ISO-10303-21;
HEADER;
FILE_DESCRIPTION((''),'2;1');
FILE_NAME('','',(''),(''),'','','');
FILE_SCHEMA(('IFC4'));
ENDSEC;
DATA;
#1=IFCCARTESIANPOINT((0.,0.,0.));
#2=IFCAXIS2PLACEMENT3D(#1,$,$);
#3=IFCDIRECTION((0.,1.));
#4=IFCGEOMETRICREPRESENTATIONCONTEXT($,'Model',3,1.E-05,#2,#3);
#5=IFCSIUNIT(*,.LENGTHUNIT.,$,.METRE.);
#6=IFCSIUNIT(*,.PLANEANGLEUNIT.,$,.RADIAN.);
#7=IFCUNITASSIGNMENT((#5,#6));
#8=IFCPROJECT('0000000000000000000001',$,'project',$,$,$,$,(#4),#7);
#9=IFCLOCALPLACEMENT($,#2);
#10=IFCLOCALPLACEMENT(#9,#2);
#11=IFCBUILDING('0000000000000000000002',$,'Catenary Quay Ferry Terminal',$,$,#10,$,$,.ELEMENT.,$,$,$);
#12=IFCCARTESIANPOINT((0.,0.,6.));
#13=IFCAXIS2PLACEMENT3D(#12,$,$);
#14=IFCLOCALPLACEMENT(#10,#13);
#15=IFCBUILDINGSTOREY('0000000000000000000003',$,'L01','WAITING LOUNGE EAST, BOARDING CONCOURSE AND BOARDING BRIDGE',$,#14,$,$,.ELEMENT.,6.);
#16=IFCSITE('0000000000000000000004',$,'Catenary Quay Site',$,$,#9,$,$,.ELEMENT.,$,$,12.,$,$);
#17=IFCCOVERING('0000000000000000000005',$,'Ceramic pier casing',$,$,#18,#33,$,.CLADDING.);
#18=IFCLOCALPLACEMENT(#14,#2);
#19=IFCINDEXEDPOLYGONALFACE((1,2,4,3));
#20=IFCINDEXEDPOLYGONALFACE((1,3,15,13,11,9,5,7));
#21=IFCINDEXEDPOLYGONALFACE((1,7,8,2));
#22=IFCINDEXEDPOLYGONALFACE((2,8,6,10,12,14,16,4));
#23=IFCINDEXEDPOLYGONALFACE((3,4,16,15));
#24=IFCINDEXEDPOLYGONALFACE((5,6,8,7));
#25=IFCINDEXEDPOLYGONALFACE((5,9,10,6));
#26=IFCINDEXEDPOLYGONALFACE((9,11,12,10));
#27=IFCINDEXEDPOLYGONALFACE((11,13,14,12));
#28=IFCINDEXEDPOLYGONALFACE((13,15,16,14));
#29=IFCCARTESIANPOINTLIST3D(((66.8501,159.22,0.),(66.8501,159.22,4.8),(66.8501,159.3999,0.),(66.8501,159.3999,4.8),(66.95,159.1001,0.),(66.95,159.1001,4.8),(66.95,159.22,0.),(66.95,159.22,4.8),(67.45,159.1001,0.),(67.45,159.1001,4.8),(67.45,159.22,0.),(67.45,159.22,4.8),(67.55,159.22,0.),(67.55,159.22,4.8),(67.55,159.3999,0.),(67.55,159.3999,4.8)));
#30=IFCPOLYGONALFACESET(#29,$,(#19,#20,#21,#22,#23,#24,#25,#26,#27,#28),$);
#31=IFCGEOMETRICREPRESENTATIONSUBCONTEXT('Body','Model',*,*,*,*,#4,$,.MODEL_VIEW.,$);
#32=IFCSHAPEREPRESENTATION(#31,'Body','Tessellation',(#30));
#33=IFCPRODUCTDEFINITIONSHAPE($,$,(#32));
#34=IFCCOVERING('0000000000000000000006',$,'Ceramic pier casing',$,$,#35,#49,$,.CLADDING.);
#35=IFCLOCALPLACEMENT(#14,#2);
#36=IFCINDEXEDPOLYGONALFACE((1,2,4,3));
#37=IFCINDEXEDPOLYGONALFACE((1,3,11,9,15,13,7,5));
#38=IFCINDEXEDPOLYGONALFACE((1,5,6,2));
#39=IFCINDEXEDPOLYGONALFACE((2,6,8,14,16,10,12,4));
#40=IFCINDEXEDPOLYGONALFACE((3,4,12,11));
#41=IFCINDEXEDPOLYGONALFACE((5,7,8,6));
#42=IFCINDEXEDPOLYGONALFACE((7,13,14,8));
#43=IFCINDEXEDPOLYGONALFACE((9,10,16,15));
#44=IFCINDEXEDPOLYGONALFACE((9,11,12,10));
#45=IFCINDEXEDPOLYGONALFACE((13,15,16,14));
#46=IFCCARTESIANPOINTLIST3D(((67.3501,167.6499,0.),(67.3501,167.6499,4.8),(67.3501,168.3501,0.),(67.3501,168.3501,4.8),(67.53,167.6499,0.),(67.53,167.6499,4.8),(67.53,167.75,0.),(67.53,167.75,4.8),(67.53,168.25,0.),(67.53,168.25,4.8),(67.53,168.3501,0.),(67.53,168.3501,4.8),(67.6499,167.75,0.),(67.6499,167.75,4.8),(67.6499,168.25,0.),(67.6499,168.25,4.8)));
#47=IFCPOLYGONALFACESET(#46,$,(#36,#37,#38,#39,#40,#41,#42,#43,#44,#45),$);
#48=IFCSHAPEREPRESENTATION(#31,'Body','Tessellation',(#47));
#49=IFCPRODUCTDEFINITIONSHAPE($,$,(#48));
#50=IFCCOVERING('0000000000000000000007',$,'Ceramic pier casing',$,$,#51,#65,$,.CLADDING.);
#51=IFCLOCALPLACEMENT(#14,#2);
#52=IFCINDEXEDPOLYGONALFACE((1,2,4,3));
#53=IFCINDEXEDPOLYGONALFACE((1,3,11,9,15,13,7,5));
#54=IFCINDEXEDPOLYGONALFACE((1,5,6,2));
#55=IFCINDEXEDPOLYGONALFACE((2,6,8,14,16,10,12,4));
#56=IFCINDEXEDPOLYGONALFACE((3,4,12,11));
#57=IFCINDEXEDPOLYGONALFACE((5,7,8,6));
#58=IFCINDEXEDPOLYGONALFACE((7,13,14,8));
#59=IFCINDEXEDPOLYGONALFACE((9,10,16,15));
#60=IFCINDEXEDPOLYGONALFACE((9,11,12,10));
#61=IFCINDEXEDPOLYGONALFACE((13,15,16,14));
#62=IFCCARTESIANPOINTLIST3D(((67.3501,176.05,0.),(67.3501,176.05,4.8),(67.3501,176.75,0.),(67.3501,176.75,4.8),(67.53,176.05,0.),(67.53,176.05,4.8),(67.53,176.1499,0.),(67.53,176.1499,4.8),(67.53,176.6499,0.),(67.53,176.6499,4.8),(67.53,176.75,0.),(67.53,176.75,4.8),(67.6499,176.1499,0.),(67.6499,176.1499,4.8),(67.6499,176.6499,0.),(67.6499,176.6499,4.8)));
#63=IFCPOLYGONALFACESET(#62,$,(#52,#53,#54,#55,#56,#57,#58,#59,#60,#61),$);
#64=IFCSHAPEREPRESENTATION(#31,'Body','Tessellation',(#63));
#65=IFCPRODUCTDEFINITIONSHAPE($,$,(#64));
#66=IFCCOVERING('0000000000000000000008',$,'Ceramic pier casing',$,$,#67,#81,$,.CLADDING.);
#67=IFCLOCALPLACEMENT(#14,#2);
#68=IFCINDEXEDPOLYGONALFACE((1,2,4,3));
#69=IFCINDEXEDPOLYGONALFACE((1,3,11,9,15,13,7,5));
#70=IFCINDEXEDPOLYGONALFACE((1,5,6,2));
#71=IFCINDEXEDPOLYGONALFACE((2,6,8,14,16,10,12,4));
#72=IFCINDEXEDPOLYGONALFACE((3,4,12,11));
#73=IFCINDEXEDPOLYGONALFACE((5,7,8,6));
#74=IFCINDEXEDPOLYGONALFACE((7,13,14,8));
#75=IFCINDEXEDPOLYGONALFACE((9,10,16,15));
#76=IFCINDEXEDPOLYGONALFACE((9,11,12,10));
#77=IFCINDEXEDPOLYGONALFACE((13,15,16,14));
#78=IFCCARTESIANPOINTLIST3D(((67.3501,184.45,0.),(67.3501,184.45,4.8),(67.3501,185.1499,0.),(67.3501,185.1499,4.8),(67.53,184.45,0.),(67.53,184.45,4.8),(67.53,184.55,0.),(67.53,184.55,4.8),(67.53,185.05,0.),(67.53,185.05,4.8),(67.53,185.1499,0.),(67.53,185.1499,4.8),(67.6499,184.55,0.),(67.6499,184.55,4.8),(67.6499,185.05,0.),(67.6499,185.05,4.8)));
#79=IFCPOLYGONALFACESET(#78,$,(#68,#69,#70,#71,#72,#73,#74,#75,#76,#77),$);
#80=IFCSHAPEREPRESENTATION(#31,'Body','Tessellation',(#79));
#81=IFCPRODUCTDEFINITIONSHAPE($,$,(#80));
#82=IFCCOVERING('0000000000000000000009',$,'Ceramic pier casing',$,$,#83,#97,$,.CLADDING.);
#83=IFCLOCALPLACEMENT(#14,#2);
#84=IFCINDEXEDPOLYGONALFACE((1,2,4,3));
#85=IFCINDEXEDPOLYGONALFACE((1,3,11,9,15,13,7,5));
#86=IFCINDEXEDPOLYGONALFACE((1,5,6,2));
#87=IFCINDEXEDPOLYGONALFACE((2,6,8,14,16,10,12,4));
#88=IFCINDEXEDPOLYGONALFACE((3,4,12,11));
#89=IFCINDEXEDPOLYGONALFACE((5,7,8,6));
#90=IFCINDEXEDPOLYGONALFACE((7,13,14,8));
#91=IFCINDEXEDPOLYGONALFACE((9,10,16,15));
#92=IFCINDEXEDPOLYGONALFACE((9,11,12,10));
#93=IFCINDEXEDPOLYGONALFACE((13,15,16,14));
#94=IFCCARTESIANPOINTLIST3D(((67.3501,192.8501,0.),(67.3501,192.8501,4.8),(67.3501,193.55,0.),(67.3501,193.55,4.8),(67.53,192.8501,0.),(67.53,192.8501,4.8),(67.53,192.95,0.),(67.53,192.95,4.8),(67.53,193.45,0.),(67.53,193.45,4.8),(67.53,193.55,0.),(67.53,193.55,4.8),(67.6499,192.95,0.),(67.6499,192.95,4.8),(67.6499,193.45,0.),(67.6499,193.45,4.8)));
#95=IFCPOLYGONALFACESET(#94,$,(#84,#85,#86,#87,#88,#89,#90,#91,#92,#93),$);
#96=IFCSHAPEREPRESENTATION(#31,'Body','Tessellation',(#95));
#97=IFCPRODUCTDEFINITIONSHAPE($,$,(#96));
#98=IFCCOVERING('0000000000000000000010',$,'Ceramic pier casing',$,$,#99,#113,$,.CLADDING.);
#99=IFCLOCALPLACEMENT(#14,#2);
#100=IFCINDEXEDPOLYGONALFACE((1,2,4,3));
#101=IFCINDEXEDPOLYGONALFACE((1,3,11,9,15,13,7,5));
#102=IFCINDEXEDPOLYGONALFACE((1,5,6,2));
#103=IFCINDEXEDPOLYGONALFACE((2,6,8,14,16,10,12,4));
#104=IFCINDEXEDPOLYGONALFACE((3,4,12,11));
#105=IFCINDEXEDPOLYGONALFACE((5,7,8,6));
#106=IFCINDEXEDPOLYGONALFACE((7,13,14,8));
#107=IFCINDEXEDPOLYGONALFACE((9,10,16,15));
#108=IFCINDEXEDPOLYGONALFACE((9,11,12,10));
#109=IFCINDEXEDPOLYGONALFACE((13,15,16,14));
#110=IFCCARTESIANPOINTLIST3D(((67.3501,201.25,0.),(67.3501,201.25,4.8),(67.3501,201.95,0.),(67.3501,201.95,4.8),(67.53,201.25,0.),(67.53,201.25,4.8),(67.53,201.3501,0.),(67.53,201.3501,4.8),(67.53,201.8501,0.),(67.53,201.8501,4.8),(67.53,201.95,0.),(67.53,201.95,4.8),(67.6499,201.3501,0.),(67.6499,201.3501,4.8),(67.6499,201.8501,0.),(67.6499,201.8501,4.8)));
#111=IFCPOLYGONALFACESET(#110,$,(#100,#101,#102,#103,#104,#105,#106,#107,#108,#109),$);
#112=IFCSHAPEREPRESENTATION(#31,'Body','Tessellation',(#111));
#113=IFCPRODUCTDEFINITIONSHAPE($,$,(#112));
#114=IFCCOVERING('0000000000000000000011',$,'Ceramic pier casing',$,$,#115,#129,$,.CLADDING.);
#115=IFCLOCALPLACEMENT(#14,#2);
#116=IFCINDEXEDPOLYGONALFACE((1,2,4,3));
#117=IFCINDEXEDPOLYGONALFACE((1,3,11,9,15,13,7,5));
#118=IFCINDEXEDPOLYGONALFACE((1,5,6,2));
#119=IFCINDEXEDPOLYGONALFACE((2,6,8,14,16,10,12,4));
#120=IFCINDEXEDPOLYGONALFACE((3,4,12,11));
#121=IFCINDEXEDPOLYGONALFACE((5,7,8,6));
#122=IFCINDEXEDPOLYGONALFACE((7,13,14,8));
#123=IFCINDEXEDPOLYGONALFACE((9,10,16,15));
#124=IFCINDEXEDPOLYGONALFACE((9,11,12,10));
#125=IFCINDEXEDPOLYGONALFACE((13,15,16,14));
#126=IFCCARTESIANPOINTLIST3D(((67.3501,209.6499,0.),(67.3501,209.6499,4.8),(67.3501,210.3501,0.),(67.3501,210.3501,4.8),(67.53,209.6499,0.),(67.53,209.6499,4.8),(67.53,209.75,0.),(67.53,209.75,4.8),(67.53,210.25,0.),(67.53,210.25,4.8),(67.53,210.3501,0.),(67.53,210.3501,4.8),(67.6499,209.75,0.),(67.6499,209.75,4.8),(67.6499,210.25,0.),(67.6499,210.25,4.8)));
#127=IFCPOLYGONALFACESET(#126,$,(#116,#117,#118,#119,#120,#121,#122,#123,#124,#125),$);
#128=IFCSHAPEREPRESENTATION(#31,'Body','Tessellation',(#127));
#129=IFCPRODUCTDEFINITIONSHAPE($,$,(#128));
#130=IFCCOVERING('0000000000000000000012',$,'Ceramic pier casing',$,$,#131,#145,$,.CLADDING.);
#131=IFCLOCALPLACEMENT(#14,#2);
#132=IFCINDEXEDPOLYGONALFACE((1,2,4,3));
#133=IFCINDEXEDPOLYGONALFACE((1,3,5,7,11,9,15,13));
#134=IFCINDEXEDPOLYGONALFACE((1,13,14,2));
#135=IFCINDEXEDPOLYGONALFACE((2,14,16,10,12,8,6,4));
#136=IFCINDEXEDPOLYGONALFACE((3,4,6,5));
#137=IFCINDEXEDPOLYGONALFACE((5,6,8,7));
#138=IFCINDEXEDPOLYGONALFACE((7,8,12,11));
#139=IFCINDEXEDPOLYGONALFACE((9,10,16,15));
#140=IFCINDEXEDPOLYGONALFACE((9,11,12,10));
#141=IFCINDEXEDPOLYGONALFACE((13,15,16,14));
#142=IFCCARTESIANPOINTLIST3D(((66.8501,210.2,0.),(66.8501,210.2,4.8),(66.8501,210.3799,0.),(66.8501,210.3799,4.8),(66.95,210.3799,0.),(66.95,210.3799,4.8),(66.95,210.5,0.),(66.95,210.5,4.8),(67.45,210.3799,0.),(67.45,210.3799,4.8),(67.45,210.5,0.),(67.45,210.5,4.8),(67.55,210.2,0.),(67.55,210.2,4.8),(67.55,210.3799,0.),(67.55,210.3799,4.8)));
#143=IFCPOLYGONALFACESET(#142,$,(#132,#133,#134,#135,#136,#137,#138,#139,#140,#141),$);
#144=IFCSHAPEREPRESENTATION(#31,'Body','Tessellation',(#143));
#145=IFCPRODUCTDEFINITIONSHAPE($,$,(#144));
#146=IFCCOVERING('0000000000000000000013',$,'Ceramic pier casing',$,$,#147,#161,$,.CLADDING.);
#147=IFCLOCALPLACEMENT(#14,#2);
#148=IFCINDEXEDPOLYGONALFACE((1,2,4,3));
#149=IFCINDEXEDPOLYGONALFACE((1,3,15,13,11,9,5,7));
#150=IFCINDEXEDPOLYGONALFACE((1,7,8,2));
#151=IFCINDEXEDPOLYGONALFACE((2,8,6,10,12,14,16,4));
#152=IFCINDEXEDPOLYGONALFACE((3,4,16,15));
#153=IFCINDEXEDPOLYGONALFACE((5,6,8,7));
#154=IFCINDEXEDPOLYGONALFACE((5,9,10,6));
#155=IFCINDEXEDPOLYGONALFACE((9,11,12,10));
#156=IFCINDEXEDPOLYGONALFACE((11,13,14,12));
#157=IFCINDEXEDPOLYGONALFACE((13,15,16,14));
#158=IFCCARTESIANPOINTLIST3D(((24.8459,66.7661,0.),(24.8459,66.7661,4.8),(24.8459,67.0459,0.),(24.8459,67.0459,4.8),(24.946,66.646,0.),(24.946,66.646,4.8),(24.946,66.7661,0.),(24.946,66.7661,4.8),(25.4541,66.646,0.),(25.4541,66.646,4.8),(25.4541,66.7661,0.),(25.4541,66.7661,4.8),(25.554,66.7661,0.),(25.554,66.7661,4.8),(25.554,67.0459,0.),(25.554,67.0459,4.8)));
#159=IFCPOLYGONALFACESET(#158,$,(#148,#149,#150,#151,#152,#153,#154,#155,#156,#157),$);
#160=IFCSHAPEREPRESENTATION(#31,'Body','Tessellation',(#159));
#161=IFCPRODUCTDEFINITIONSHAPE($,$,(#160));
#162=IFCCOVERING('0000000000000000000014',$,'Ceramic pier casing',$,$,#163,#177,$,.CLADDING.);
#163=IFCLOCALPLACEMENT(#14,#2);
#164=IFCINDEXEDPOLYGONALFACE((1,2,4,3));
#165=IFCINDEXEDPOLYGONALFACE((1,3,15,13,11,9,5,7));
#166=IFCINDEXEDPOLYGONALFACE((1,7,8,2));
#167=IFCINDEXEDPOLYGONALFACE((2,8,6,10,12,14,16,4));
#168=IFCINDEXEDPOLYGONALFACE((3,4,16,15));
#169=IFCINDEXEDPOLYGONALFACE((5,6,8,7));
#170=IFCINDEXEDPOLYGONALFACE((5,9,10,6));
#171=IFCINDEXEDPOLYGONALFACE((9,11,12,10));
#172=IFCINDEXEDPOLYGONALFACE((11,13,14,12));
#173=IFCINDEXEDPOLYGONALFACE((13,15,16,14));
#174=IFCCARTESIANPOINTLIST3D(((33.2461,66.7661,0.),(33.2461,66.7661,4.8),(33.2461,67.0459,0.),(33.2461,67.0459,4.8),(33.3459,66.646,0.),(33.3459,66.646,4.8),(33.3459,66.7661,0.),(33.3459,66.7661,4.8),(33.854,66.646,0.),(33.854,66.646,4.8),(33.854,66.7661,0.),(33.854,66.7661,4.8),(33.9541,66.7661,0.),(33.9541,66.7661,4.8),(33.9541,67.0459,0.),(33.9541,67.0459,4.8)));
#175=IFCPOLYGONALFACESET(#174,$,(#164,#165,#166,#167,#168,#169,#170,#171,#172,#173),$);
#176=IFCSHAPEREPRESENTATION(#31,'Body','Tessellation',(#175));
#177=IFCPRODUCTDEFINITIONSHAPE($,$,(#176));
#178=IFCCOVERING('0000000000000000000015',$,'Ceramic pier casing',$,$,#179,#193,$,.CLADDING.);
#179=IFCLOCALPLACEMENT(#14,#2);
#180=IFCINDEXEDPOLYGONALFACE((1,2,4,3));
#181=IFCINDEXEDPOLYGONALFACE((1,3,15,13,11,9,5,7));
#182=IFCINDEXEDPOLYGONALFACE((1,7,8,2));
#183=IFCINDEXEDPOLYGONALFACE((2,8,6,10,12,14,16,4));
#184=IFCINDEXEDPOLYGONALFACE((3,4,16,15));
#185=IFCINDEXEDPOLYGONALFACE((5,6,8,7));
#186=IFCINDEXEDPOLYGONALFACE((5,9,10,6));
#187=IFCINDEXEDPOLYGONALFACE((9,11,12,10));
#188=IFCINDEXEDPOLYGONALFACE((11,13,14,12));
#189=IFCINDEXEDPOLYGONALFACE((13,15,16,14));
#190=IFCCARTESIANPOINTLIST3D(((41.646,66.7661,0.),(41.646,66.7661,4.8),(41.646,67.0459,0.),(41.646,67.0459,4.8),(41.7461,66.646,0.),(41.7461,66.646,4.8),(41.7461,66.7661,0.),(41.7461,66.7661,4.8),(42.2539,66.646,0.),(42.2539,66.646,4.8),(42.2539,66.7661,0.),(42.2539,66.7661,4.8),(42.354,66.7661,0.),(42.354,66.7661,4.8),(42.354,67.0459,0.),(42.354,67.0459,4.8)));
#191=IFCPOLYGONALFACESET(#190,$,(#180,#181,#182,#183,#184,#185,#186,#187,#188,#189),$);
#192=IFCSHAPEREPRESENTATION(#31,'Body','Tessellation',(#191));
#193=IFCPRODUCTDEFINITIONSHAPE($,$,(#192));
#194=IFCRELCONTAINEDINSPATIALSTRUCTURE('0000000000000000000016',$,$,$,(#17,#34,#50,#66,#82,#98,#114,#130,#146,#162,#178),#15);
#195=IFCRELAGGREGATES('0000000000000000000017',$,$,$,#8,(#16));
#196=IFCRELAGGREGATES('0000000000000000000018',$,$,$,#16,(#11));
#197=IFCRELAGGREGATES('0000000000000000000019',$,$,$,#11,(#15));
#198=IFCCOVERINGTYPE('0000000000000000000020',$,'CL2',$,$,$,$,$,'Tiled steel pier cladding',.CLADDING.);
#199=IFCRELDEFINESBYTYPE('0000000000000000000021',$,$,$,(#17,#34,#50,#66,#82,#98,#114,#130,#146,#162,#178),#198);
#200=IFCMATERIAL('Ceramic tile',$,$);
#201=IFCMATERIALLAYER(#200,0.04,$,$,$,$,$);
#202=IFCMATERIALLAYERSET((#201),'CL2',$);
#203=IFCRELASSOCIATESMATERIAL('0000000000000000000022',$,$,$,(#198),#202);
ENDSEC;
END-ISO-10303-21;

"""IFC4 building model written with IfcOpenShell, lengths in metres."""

from ifc_helpers import new_model, si_unit, direction, frame, origin, place, context, subcontext, project, spatial, polyline, outline, extrude, material, layer, layer_set, type_object, element, save


model = new_model("IFC4")

# Units and contexts
model_context = context("Model", 3, precision=1e-05, world=origin(), true_north=direction((0.0, 1.0)))
body_context = subcontext(model_context, "Body", "Model", "MODEL_VIEW")
ifc_project = project(units=[si_unit("LENGTHUNIT", "METRE"), si_unit("PLANEANGLEUNIT", "RADIAN")], contexts=[model_context])

# Site, building, storey
site_placement = place(None, origin())
site = spatial("IfcSite", under=ifc_project, at=site_placement, Name="Catenary Quay Site", CompositionType="ELEMENT", RefElevation=12.0)
building_placement = place(site_placement, origin())
building = spatial("IfcBuilding", under=site, at=building_placement, Name="Catenary Quay Ferry Terminal", CompositionType="ELEMENT")
storey_placement = place(building_placement, frame((0.0, 0.0, 6.0)))
storey = spatial("IfcBuildingStorey", under=building, at=storey_placement, Name="L01", Description="WAITING LOUNGE EAST, BOARDING CONCOURSE AND BOARDING BRIDGE", CompositionType="ELEMENT", Elevation=6.0)

# Coverings
ifc_material = material(Name="Ceramic tile")
ifc_layer = layer(ifc_material, 0.04)
ifc_layer_set = layer_set([ifc_layer], Name="CL2")
covering_type = type_object("IfcCoveringType", Name="CL2", ElementType="Tiled steel pier cladding", PredefinedType="CLADDING", material=ifc_layer_set)
covering_1_placement = place(storey_placement, origin())
element("IfcCovering", 1, at=covering_1_placement, inside=storey, type_object=covering_type, Name="Ceramic pier casing", PredefinedType="CLADDING", context=body_context, shape_type="SweptSolid", body=[
    extrude(outline(polyline([(66.8501, 159.3999), (66.8501, 159.22), (66.95, 159.22), (66.95, 159.1001), (67.45, 159.1001), (67.45, 159.22), (67.55, 159.22), (67.55, 159.3999), (66.8501, 159.3999)])), origin(), (0.0, 0.0, 1.0), 4.8),
])
covering_2_placement = place(storey_placement, origin())
element("IfcCovering", 2, at=covering_2_placement, inside=storey, type_object=covering_type, Name="Ceramic pier casing", PredefinedType="CLADDING", context=body_context, shape_type="SweptSolid", body=[
    extrude(outline(polyline([(67.3501, 167.6499), (67.53, 167.6499), (67.53, 167.75), (67.6499, 167.75), (67.6499, 168.25), (67.53, 168.25), (67.53, 168.3501), (67.3501, 168.3501), (67.3501, 167.6499)])), origin(), (0.0, 0.0, 1.0), 4.8),
])
covering_3_placement = place(storey_placement, origin())
element("IfcCovering", 3, at=covering_3_placement, inside=storey, type_object=covering_type, Name="Ceramic pier casing", PredefinedType="CLADDING", context=body_context, shape_type="SweptSolid", body=[
    extrude(outline(polyline([(67.3501, 176.05), (67.53, 176.05), (67.53, 176.1499), (67.6499, 176.1499), (67.6499, 176.6499), (67.53, 176.6499), (67.53, 176.75), (67.3501, 176.75), (67.3501, 176.05)])), origin(), (0.0, 0.0, 1.0), 4.8),
])
covering_4_placement = place(storey_placement, origin())
element("IfcCovering", 4, at=covering_4_placement, inside=storey, type_object=covering_type, Name="Ceramic pier casing", PredefinedType="CLADDING", context=body_context, shape_type="SweptSolid", body=[
    extrude(outline(polyline([(67.3501, 184.45), (67.53, 184.45), (67.53, 184.55), (67.6499, 184.55), (67.6499, 185.05), (67.53, 185.05), (67.53, 185.1499), (67.3501, 185.1499), (67.3501, 184.45)])), origin(), (0.0, 0.0, 1.0), 4.8),
])
covering_5_placement = place(storey_placement, origin())
element("IfcCovering", 5, at=covering_5_placement, inside=storey, type_object=covering_type, Name="Ceramic pier casing", PredefinedType="CLADDING", context=body_context, shape_type="SweptSolid", body=[
    extrude(outline(polyline([(67.3501, 192.8501), (67.53, 192.8501), (67.53, 192.95), (67.6499, 192.95), (67.6499, 193.45), (67.53, 193.45), (67.53, 193.55), (67.3501, 193.55), (67.3501, 192.8501)])), origin(), (0.0, 0.0, 1.0), 4.8),
])
covering_6_placement = place(storey_placement, origin())
element("IfcCovering", 6, at=covering_6_placement, inside=storey, type_object=covering_type, Name="Ceramic pier casing", PredefinedType="CLADDING", context=body_context, shape_type="SweptSolid", body=[
    extrude(outline(polyline([(67.3501, 201.25), (67.53, 201.25), (67.53, 201.3501), (67.6499, 201.3501), (67.6499, 201.8501), (67.53, 201.8501), (67.53, 201.95), (67.3501, 201.95), (67.3501, 201.25)])), origin(), (0.0, 0.0, 1.0), 4.8),
])
covering_7_placement = place(storey_placement, origin())
element("IfcCovering", 7, at=covering_7_placement, inside=storey, type_object=covering_type, Name="Ceramic pier casing", PredefinedType="CLADDING", context=body_context, shape_type="SweptSolid", body=[
    extrude(outline(polyline([(67.3501, 209.6499), (67.53, 209.6499), (67.53, 209.75), (67.6499, 209.75), (67.6499, 210.25), (67.53, 210.25), (67.53, 210.3501), (67.3501, 210.3501), (67.3501, 209.6499)])), origin(), (0.0, 0.0, 1.0), 4.8),
])
covering_8_placement = place(storey_placement, origin())
element("IfcCovering", 8, at=covering_8_placement, inside=storey, type_object=covering_type, Name="Ceramic pier casing", PredefinedType="CLADDING", context=body_context, shape_type="SweptSolid", body=[
    extrude(outline(polyline([(67.55, 210.2), (67.55, 210.3799), (67.45, 210.3799), (67.45, 210.5), (66.95, 210.5), (66.95, 210.3799), (66.8501, 210.3799), (66.8501, 210.2), (67.55, 210.2)])), origin(), (0.0, 0.0, 1.0), 4.8),
])
covering_9_placement = place(storey_placement, origin())
element("IfcCovering", 9, at=covering_9_placement, inside=storey, type_object=covering_type, Name="Ceramic pier casing", PredefinedType="CLADDING", context=body_context, shape_type="SweptSolid", body=[
    extrude(outline(polyline([(24.8459, 67.0459), (24.8459, 66.7661), (24.946, 66.7661), (24.946, 66.646), (25.4541, 66.646), (25.4541, 66.7661), (25.554, 66.7661), (25.554, 67.0459), (24.8459, 67.0459)])), origin(), (0.0, 0.0, 1.0), 4.8),
])
covering_10_placement = place(storey_placement, origin())
element("IfcCovering", 10, at=covering_10_placement, inside=storey, type_object=covering_type, Name="Ceramic pier casing", PredefinedType="CLADDING", context=body_context, shape_type="SweptSolid", body=[
    extrude(outline(polyline([(33.2461, 67.0459), (33.2461, 66.7661), (33.3459, 66.7661), (33.3459, 66.646), (33.854, 66.646), (33.854, 66.7661), (33.9541, 66.7661), (33.9541, 67.0459), (33.2461, 67.0459)])), origin(), (0.0, 0.0, 1.0), 4.8),
])
covering_11_placement = place(storey_placement, origin())
element("IfcCovering", 11, at=covering_11_placement, inside=storey, type_object=covering_type, Name="Ceramic pier casing", PredefinedType="CLADDING", context=body_context, shape_type="SweptSolid", body=[
    extrude(outline(polyline([(41.646, 67.0459), (41.646, 66.7661), (41.7461, 66.7661), (41.7461, 66.646), (42.2539, 66.646), (42.2539, 66.7661), (42.354, 66.7661), (42.354, 67.0459), (41.646, 67.0459)])), origin(), (0.0, 0.0, 1.0), 4.8),
])

save(model, "model.ifc")
